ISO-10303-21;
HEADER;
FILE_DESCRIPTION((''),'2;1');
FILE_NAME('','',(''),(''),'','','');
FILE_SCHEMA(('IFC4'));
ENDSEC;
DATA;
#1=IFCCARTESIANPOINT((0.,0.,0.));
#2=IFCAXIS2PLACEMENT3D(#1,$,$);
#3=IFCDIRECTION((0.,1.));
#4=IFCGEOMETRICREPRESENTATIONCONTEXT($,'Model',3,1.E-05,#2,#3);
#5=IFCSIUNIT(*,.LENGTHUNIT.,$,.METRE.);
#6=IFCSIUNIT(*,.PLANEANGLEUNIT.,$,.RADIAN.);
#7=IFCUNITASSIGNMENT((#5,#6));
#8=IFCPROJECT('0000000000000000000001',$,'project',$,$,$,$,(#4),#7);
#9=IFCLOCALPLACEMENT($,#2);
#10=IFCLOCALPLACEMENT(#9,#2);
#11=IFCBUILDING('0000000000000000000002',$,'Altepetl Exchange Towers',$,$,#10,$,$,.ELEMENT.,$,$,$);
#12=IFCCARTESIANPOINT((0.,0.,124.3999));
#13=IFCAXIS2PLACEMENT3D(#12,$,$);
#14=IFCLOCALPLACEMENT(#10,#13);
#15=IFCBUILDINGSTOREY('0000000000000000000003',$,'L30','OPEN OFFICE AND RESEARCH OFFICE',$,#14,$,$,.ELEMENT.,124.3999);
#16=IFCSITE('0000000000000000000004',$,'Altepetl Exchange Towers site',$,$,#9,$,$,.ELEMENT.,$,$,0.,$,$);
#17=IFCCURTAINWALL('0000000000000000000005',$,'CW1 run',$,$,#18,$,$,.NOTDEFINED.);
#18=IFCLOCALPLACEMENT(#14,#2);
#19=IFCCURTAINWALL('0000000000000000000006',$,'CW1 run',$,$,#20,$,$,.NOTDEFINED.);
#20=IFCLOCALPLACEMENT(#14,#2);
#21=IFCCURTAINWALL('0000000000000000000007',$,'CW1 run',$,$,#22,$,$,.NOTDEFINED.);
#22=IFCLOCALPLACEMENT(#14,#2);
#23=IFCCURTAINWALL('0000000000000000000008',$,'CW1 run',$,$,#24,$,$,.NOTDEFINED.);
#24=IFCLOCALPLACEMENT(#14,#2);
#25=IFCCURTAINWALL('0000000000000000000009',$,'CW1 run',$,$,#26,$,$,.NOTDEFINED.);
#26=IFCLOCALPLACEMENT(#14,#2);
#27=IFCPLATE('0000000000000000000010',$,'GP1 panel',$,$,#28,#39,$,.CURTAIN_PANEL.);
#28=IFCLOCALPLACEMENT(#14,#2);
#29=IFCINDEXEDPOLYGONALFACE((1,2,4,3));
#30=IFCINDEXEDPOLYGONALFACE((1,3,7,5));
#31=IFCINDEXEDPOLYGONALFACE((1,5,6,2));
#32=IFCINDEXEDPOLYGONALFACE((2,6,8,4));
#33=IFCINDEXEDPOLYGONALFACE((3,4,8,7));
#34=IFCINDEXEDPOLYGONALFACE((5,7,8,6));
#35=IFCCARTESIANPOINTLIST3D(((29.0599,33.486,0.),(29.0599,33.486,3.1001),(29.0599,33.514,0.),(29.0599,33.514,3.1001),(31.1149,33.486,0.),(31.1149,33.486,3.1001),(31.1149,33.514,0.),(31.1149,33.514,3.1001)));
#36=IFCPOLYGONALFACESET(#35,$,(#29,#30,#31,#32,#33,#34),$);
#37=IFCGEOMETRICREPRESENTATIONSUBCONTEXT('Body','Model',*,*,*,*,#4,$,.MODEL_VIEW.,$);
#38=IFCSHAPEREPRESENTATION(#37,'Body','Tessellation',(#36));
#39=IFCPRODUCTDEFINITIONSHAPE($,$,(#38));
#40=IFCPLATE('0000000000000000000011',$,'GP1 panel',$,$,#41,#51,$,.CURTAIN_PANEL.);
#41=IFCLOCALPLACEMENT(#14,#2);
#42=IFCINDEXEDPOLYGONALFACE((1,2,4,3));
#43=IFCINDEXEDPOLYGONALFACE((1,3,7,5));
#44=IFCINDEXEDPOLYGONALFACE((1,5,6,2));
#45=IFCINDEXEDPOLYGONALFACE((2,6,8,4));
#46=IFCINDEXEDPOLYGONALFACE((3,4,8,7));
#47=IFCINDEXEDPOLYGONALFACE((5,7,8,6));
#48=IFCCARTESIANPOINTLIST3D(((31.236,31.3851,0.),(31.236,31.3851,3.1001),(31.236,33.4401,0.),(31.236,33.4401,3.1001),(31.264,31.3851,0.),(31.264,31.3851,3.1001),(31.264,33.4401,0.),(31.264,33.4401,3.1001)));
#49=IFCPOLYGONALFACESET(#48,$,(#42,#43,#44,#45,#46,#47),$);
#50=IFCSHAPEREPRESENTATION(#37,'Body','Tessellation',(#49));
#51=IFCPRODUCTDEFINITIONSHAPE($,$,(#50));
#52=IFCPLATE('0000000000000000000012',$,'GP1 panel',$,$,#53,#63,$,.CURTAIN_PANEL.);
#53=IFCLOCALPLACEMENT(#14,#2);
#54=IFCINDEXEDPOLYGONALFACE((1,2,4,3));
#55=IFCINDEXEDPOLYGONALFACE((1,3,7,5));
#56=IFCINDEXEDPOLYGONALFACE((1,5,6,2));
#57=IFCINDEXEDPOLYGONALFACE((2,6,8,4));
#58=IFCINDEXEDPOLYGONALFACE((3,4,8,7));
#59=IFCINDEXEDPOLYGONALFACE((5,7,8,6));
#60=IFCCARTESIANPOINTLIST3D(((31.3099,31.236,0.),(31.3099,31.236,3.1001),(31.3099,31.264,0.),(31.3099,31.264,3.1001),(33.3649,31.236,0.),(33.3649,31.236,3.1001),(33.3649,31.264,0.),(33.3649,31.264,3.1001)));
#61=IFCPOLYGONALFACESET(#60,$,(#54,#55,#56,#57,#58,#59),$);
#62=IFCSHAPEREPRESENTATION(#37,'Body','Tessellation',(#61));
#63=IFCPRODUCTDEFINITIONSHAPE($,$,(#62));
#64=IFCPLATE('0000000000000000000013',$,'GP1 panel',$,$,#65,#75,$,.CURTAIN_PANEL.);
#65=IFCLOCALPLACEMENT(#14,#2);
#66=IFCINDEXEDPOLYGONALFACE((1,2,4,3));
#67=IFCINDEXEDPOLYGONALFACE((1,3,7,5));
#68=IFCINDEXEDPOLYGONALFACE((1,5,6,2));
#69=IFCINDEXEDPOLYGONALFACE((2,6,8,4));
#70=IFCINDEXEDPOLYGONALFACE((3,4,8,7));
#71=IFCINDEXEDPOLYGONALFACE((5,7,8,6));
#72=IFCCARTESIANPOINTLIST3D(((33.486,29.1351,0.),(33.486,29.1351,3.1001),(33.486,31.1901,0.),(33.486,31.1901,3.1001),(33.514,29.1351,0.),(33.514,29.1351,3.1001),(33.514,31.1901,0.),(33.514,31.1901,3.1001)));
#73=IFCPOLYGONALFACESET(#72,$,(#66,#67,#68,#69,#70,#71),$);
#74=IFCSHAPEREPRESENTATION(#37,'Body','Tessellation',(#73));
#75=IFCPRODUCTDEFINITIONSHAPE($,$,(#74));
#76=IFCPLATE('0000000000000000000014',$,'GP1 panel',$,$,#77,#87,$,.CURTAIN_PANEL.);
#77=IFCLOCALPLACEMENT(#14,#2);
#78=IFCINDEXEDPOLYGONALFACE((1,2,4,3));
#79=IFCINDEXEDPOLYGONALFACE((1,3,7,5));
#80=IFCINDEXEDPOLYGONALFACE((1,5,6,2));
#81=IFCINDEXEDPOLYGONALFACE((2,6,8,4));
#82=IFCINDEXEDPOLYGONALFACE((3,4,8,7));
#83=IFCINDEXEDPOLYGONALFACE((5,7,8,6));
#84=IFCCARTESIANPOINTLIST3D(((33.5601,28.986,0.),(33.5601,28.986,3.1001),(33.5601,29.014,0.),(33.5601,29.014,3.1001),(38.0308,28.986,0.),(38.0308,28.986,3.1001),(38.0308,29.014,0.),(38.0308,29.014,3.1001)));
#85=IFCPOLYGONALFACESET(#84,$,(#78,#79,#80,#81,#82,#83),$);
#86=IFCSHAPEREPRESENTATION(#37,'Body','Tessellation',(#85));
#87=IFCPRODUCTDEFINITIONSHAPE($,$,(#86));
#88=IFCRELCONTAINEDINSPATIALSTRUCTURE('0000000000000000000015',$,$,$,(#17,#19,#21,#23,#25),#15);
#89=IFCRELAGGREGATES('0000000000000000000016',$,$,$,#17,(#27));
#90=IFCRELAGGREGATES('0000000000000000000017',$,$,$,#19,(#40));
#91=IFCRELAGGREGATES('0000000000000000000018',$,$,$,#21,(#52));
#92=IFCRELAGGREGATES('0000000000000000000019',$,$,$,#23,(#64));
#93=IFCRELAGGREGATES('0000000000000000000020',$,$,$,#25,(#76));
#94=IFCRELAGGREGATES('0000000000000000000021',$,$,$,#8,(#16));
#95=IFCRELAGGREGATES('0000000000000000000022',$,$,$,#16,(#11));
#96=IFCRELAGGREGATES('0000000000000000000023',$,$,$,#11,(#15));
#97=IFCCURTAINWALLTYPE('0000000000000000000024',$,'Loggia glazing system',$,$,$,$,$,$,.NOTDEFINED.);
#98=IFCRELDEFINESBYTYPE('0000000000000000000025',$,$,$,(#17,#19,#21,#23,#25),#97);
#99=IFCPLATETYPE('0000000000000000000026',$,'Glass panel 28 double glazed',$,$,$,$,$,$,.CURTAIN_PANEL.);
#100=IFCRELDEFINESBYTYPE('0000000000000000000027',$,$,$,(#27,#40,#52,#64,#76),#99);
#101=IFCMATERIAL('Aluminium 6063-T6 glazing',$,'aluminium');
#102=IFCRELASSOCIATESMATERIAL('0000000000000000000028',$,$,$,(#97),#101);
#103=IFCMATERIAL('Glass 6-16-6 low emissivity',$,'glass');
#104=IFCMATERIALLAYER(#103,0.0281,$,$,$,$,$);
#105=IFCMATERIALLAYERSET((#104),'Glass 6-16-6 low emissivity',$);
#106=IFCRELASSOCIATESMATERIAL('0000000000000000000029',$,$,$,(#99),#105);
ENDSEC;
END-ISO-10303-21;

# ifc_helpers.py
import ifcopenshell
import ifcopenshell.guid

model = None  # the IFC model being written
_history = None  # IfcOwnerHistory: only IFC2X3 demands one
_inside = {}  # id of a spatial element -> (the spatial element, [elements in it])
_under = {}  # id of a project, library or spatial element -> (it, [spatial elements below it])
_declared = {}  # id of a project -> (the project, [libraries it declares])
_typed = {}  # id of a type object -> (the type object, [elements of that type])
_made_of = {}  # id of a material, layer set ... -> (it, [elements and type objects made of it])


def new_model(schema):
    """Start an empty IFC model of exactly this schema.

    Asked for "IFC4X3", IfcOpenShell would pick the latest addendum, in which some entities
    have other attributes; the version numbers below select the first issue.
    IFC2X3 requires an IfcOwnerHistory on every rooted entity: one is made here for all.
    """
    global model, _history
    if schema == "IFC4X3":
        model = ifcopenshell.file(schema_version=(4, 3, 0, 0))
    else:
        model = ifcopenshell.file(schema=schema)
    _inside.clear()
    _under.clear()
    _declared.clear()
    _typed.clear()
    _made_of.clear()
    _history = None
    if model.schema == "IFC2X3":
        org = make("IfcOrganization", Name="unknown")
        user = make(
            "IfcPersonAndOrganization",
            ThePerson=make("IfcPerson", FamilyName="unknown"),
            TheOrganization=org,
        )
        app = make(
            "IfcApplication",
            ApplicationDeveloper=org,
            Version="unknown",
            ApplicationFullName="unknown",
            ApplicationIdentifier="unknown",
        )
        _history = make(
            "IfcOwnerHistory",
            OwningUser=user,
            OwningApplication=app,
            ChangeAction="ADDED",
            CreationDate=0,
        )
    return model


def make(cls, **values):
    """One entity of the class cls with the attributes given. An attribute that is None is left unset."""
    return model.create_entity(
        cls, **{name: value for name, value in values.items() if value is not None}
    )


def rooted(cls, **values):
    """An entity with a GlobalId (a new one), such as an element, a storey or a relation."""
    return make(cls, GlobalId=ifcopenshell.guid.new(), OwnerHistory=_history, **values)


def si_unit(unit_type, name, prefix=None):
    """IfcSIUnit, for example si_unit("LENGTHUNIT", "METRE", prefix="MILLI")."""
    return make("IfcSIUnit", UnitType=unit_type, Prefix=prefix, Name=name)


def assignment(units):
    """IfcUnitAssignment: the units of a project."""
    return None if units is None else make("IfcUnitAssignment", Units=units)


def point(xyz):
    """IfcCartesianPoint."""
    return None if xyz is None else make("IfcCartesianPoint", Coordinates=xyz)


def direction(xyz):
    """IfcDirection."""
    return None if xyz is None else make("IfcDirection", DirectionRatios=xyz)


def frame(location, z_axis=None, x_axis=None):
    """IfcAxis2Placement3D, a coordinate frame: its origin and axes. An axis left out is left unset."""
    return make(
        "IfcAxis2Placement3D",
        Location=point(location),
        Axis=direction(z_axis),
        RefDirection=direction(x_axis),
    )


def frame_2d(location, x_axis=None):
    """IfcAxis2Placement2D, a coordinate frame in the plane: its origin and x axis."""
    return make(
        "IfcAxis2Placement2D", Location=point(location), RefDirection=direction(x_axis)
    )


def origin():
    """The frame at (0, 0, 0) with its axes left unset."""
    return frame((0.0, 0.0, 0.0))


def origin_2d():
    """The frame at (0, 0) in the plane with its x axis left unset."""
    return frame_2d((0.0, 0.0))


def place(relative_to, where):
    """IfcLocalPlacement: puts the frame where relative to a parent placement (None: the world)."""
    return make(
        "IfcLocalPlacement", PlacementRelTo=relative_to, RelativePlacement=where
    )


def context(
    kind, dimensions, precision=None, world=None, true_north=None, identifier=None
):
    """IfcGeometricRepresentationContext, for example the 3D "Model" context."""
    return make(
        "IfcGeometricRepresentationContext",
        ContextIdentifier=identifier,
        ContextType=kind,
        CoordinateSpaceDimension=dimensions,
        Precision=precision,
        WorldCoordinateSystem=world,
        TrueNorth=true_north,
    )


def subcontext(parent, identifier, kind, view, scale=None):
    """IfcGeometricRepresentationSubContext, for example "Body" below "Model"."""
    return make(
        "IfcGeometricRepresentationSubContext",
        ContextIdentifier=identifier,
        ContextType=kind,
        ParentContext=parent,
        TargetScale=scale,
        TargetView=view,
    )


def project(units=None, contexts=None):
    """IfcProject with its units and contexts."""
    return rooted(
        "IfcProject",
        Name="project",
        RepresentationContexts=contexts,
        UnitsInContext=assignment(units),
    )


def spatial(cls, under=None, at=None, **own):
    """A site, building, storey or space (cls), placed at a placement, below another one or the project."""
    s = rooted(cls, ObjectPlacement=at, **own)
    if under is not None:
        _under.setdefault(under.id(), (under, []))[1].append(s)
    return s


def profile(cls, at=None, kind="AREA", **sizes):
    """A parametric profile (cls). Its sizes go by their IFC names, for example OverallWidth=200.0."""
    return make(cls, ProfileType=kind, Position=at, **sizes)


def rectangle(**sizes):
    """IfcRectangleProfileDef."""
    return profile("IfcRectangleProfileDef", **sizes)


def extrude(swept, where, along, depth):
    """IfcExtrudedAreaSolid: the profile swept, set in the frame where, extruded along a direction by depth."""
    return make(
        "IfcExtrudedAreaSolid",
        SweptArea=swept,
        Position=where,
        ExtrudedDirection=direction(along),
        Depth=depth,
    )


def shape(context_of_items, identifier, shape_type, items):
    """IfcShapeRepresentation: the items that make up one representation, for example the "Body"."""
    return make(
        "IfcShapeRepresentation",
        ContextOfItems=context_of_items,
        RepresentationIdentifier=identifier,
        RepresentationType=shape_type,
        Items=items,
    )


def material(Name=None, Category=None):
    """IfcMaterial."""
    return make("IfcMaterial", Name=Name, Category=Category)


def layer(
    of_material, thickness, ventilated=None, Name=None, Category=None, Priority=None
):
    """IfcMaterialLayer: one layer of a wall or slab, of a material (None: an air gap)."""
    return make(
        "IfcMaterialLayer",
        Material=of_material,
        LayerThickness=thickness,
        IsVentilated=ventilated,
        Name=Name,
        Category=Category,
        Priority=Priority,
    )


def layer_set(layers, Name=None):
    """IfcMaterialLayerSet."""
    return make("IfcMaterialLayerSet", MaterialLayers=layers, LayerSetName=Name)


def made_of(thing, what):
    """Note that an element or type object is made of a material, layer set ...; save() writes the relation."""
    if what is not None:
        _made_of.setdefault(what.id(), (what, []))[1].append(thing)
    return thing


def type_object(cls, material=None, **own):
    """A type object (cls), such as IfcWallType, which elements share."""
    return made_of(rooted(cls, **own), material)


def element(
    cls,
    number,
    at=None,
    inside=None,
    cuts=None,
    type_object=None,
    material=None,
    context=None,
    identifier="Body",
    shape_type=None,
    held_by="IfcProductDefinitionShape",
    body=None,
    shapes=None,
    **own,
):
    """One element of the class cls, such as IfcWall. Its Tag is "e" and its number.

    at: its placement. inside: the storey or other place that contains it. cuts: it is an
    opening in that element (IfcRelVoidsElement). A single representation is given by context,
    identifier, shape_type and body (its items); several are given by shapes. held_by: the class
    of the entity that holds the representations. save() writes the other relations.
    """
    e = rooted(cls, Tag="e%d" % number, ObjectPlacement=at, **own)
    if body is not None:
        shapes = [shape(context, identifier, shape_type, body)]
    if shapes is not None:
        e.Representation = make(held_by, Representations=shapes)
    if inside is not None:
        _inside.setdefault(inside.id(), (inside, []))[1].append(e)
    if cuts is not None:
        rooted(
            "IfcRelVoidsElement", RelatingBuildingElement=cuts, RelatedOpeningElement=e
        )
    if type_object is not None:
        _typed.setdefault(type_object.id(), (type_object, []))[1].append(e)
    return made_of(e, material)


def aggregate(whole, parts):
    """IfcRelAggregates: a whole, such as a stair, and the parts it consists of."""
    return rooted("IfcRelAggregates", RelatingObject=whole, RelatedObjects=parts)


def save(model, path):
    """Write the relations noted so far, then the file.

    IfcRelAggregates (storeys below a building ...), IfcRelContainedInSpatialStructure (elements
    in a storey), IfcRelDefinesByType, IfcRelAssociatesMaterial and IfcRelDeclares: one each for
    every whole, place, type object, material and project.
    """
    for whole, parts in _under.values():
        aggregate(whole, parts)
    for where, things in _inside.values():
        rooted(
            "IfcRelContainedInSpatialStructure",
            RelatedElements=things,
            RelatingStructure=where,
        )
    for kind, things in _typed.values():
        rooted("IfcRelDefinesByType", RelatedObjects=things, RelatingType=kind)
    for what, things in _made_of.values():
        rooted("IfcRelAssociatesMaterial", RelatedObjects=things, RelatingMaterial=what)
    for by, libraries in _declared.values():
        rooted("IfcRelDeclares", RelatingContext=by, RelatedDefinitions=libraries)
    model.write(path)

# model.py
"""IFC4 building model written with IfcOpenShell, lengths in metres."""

from ifc_helpers import new_model, si_unit, direction, frame, origin, origin_2d, place, context, subcontext, project, spatial, rectangle, extrude, material, layer, layer_set, type_object, element, aggregate, save


model = new_model("IFC4")

# Units and contexts
model_context = context("Model", 3, precision=1e-05, world=origin(), true_north=direction((0.0, 1.0)))
body_context = subcontext(model_context, "Body", "Model", "MODEL_VIEW")
ifc_project = project(units=[si_unit("LENGTHUNIT", "METRE"), si_unit("PLANEANGLEUNIT", "RADIAN")], contexts=[model_context])

# Site, building, storey
site_placement = place(None, origin())
site = spatial("IfcSite", under=ifc_project, at=site_placement, Name="Altepetl Exchange Towers site", CompositionType="ELEMENT", RefElevation=0.0)
building_placement = place(site_placement, origin())
building = spatial("IfcBuilding", under=site, at=building_placement, Name="Altepetl Exchange Towers", CompositionType="ELEMENT")
storey_placement = place(building_placement, frame((0.0, 0.0, 124.3999)))
storey = spatial("IfcBuildingStorey", under=building, at=storey_placement, Name="L30", Description="OPEN OFFICE AND RESEARCH OFFICE", CompositionType="ELEMENT", Elevation=124.3999)

# Curtain walls
ifc_material_1 = material(Name="Aluminium 6063-T6 glazing", Category="aluminium")
curtain_wall_type = type_object("IfcCurtainWallType", Name="Loggia glazing system", PredefinedType="NOTDEFINED", material=ifc_material_1)
curtain_wall_1_placement = place(storey_placement, origin())
curtain_wall_1 = element("IfcCurtainWall", 1, at=curtain_wall_1_placement, inside=storey, type_object=curtain_wall_type, Name="CW1 run", PredefinedType="NOTDEFINED")
curtain_wall_2_placement = place(storey_placement, origin())
curtain_wall_2 = element("IfcCurtainWall", 2, at=curtain_wall_2_placement, inside=storey, type_object=curtain_wall_type, Name="CW1 run", PredefinedType="NOTDEFINED")
curtain_wall_3_placement = place(storey_placement, origin())
curtain_wall_3 = element("IfcCurtainWall", 3, at=curtain_wall_3_placement, inside=storey, type_object=curtain_wall_type, Name="CW1 run", PredefinedType="NOTDEFINED")
curtain_wall_4_placement = place(storey_placement, origin())
curtain_wall_4 = element("IfcCurtainWall", 4, at=curtain_wall_4_placement, inside=storey, type_object=curtain_wall_type, Name="CW1 run", PredefinedType="NOTDEFINED")

# Curtain wall
curtain_wall_5_placement = place(storey_placement, origin())
curtain_wall_5 = element("IfcCurtainWall", 5, at=curtain_wall_5_placement, inside=storey, type_object=curtain_wall_type, Name="CW1 run", PredefinedType="NOTDEFINED")

# Plates
ifc_material_2 = material(Name="Glass 6-16-6 low emissivity", Category="glass")
ifc_layer = layer(ifc_material_2, 0.0281)
ifc_layer_set = layer_set([ifc_layer], Name="Glass 6-16-6 low emissivity")
plate_type = type_object("IfcPlateType", Name="Glass panel 28 double glazed", PredefinedType="CURTAIN_PANEL", material=ifc_layer_set)
plate_1_placement = place(storey_placement, frame((30.0874, 33.5, 0.0)))
plate_1 = element("IfcPlate", 6, at=plate_1_placement, type_object=plate_type, Name="GP1 panel", PredefinedType="CURTAIN_PANEL", context=body_context, shape_type="SweptSolid", body=[
    extrude(rectangle(XDim=2.0549, YDim=0.0281, at=origin_2d()), origin(), (0.0, 0.0, 1.0), 3.1001),
])
aggregate(curtain_wall_1, [plate_1])
plate_2_placement = place(storey_placement, frame((31.25, 32.4126, 0.0), z_axis=(0.0, 0.0, 1.0), x_axis=(0.0, -1.0, 0.0)))
plate_2 = element("IfcPlate", 7, at=plate_2_placement, type_object=plate_type, Name="GP1 panel", PredefinedType="CURTAIN_PANEL", context=body_context, shape_type="SweptSolid", body=[
    extrude(rectangle(XDim=2.0549, YDim=0.0281, at=origin_2d()), origin(), (0.0, 0.0, 1.0), 3.1001),
])
aggregate(curtain_wall_2, [plate_2])
plate_3_placement = place(storey_placement, frame((32.3374, 31.25, 0.0)))
plate_3 = element("IfcPlate", 8, at=plate_3_placement, type_object=plate_type, Name="GP1 panel", PredefinedType="CURTAIN_PANEL", context=body_context, shape_type="SweptSolid", body=[
    extrude(rectangle(XDim=2.0549, YDim=0.0281, at=origin_2d()), origin(), (0.0, 0.0, 1.0), 3.1001),
])
aggregate(curtain_wall_3, [plate_3])
plate_4_placement = place(storey_placement, frame((33.5, 30.1626, 0.0), z_axis=(0.0, 0.0, 1.0), x_axis=(0.0, -1.0, 0.0)))
plate_4 = element("IfcPlate", 9, at=plate_4_placement, type_object=plate_type, Name="GP1 panel", PredefinedType="CURTAIN_PANEL", context=body_context, shape_type="SweptSolid", body=[
    extrude(rectangle(XDim=2.0549, YDim=0.0281, at=origin_2d()), origin(), (0.0, 0.0, 1.0), 3.1001),
])
aggregate(curtain_wall_4, [plate_4])
plate_5_placement = place(storey_placement, frame((35.7954, 29.0, 0.0)))
plate_5 = element("IfcPlate", 10, at=plate_5_placement, type_object=plate_type, Name="GP1 panel", PredefinedType="CURTAIN_PANEL", context=body_context, shape_type="SweptSolid", body=[
    extrude(rectangle(XDim=4.4707, YDim=0.0281, at=origin_2d()), origin(), (0.0, 0.0, 1.0), 3.1001),
])
aggregate(curtain_wall_5, [plate_5])

save(model, "model.ifc")
